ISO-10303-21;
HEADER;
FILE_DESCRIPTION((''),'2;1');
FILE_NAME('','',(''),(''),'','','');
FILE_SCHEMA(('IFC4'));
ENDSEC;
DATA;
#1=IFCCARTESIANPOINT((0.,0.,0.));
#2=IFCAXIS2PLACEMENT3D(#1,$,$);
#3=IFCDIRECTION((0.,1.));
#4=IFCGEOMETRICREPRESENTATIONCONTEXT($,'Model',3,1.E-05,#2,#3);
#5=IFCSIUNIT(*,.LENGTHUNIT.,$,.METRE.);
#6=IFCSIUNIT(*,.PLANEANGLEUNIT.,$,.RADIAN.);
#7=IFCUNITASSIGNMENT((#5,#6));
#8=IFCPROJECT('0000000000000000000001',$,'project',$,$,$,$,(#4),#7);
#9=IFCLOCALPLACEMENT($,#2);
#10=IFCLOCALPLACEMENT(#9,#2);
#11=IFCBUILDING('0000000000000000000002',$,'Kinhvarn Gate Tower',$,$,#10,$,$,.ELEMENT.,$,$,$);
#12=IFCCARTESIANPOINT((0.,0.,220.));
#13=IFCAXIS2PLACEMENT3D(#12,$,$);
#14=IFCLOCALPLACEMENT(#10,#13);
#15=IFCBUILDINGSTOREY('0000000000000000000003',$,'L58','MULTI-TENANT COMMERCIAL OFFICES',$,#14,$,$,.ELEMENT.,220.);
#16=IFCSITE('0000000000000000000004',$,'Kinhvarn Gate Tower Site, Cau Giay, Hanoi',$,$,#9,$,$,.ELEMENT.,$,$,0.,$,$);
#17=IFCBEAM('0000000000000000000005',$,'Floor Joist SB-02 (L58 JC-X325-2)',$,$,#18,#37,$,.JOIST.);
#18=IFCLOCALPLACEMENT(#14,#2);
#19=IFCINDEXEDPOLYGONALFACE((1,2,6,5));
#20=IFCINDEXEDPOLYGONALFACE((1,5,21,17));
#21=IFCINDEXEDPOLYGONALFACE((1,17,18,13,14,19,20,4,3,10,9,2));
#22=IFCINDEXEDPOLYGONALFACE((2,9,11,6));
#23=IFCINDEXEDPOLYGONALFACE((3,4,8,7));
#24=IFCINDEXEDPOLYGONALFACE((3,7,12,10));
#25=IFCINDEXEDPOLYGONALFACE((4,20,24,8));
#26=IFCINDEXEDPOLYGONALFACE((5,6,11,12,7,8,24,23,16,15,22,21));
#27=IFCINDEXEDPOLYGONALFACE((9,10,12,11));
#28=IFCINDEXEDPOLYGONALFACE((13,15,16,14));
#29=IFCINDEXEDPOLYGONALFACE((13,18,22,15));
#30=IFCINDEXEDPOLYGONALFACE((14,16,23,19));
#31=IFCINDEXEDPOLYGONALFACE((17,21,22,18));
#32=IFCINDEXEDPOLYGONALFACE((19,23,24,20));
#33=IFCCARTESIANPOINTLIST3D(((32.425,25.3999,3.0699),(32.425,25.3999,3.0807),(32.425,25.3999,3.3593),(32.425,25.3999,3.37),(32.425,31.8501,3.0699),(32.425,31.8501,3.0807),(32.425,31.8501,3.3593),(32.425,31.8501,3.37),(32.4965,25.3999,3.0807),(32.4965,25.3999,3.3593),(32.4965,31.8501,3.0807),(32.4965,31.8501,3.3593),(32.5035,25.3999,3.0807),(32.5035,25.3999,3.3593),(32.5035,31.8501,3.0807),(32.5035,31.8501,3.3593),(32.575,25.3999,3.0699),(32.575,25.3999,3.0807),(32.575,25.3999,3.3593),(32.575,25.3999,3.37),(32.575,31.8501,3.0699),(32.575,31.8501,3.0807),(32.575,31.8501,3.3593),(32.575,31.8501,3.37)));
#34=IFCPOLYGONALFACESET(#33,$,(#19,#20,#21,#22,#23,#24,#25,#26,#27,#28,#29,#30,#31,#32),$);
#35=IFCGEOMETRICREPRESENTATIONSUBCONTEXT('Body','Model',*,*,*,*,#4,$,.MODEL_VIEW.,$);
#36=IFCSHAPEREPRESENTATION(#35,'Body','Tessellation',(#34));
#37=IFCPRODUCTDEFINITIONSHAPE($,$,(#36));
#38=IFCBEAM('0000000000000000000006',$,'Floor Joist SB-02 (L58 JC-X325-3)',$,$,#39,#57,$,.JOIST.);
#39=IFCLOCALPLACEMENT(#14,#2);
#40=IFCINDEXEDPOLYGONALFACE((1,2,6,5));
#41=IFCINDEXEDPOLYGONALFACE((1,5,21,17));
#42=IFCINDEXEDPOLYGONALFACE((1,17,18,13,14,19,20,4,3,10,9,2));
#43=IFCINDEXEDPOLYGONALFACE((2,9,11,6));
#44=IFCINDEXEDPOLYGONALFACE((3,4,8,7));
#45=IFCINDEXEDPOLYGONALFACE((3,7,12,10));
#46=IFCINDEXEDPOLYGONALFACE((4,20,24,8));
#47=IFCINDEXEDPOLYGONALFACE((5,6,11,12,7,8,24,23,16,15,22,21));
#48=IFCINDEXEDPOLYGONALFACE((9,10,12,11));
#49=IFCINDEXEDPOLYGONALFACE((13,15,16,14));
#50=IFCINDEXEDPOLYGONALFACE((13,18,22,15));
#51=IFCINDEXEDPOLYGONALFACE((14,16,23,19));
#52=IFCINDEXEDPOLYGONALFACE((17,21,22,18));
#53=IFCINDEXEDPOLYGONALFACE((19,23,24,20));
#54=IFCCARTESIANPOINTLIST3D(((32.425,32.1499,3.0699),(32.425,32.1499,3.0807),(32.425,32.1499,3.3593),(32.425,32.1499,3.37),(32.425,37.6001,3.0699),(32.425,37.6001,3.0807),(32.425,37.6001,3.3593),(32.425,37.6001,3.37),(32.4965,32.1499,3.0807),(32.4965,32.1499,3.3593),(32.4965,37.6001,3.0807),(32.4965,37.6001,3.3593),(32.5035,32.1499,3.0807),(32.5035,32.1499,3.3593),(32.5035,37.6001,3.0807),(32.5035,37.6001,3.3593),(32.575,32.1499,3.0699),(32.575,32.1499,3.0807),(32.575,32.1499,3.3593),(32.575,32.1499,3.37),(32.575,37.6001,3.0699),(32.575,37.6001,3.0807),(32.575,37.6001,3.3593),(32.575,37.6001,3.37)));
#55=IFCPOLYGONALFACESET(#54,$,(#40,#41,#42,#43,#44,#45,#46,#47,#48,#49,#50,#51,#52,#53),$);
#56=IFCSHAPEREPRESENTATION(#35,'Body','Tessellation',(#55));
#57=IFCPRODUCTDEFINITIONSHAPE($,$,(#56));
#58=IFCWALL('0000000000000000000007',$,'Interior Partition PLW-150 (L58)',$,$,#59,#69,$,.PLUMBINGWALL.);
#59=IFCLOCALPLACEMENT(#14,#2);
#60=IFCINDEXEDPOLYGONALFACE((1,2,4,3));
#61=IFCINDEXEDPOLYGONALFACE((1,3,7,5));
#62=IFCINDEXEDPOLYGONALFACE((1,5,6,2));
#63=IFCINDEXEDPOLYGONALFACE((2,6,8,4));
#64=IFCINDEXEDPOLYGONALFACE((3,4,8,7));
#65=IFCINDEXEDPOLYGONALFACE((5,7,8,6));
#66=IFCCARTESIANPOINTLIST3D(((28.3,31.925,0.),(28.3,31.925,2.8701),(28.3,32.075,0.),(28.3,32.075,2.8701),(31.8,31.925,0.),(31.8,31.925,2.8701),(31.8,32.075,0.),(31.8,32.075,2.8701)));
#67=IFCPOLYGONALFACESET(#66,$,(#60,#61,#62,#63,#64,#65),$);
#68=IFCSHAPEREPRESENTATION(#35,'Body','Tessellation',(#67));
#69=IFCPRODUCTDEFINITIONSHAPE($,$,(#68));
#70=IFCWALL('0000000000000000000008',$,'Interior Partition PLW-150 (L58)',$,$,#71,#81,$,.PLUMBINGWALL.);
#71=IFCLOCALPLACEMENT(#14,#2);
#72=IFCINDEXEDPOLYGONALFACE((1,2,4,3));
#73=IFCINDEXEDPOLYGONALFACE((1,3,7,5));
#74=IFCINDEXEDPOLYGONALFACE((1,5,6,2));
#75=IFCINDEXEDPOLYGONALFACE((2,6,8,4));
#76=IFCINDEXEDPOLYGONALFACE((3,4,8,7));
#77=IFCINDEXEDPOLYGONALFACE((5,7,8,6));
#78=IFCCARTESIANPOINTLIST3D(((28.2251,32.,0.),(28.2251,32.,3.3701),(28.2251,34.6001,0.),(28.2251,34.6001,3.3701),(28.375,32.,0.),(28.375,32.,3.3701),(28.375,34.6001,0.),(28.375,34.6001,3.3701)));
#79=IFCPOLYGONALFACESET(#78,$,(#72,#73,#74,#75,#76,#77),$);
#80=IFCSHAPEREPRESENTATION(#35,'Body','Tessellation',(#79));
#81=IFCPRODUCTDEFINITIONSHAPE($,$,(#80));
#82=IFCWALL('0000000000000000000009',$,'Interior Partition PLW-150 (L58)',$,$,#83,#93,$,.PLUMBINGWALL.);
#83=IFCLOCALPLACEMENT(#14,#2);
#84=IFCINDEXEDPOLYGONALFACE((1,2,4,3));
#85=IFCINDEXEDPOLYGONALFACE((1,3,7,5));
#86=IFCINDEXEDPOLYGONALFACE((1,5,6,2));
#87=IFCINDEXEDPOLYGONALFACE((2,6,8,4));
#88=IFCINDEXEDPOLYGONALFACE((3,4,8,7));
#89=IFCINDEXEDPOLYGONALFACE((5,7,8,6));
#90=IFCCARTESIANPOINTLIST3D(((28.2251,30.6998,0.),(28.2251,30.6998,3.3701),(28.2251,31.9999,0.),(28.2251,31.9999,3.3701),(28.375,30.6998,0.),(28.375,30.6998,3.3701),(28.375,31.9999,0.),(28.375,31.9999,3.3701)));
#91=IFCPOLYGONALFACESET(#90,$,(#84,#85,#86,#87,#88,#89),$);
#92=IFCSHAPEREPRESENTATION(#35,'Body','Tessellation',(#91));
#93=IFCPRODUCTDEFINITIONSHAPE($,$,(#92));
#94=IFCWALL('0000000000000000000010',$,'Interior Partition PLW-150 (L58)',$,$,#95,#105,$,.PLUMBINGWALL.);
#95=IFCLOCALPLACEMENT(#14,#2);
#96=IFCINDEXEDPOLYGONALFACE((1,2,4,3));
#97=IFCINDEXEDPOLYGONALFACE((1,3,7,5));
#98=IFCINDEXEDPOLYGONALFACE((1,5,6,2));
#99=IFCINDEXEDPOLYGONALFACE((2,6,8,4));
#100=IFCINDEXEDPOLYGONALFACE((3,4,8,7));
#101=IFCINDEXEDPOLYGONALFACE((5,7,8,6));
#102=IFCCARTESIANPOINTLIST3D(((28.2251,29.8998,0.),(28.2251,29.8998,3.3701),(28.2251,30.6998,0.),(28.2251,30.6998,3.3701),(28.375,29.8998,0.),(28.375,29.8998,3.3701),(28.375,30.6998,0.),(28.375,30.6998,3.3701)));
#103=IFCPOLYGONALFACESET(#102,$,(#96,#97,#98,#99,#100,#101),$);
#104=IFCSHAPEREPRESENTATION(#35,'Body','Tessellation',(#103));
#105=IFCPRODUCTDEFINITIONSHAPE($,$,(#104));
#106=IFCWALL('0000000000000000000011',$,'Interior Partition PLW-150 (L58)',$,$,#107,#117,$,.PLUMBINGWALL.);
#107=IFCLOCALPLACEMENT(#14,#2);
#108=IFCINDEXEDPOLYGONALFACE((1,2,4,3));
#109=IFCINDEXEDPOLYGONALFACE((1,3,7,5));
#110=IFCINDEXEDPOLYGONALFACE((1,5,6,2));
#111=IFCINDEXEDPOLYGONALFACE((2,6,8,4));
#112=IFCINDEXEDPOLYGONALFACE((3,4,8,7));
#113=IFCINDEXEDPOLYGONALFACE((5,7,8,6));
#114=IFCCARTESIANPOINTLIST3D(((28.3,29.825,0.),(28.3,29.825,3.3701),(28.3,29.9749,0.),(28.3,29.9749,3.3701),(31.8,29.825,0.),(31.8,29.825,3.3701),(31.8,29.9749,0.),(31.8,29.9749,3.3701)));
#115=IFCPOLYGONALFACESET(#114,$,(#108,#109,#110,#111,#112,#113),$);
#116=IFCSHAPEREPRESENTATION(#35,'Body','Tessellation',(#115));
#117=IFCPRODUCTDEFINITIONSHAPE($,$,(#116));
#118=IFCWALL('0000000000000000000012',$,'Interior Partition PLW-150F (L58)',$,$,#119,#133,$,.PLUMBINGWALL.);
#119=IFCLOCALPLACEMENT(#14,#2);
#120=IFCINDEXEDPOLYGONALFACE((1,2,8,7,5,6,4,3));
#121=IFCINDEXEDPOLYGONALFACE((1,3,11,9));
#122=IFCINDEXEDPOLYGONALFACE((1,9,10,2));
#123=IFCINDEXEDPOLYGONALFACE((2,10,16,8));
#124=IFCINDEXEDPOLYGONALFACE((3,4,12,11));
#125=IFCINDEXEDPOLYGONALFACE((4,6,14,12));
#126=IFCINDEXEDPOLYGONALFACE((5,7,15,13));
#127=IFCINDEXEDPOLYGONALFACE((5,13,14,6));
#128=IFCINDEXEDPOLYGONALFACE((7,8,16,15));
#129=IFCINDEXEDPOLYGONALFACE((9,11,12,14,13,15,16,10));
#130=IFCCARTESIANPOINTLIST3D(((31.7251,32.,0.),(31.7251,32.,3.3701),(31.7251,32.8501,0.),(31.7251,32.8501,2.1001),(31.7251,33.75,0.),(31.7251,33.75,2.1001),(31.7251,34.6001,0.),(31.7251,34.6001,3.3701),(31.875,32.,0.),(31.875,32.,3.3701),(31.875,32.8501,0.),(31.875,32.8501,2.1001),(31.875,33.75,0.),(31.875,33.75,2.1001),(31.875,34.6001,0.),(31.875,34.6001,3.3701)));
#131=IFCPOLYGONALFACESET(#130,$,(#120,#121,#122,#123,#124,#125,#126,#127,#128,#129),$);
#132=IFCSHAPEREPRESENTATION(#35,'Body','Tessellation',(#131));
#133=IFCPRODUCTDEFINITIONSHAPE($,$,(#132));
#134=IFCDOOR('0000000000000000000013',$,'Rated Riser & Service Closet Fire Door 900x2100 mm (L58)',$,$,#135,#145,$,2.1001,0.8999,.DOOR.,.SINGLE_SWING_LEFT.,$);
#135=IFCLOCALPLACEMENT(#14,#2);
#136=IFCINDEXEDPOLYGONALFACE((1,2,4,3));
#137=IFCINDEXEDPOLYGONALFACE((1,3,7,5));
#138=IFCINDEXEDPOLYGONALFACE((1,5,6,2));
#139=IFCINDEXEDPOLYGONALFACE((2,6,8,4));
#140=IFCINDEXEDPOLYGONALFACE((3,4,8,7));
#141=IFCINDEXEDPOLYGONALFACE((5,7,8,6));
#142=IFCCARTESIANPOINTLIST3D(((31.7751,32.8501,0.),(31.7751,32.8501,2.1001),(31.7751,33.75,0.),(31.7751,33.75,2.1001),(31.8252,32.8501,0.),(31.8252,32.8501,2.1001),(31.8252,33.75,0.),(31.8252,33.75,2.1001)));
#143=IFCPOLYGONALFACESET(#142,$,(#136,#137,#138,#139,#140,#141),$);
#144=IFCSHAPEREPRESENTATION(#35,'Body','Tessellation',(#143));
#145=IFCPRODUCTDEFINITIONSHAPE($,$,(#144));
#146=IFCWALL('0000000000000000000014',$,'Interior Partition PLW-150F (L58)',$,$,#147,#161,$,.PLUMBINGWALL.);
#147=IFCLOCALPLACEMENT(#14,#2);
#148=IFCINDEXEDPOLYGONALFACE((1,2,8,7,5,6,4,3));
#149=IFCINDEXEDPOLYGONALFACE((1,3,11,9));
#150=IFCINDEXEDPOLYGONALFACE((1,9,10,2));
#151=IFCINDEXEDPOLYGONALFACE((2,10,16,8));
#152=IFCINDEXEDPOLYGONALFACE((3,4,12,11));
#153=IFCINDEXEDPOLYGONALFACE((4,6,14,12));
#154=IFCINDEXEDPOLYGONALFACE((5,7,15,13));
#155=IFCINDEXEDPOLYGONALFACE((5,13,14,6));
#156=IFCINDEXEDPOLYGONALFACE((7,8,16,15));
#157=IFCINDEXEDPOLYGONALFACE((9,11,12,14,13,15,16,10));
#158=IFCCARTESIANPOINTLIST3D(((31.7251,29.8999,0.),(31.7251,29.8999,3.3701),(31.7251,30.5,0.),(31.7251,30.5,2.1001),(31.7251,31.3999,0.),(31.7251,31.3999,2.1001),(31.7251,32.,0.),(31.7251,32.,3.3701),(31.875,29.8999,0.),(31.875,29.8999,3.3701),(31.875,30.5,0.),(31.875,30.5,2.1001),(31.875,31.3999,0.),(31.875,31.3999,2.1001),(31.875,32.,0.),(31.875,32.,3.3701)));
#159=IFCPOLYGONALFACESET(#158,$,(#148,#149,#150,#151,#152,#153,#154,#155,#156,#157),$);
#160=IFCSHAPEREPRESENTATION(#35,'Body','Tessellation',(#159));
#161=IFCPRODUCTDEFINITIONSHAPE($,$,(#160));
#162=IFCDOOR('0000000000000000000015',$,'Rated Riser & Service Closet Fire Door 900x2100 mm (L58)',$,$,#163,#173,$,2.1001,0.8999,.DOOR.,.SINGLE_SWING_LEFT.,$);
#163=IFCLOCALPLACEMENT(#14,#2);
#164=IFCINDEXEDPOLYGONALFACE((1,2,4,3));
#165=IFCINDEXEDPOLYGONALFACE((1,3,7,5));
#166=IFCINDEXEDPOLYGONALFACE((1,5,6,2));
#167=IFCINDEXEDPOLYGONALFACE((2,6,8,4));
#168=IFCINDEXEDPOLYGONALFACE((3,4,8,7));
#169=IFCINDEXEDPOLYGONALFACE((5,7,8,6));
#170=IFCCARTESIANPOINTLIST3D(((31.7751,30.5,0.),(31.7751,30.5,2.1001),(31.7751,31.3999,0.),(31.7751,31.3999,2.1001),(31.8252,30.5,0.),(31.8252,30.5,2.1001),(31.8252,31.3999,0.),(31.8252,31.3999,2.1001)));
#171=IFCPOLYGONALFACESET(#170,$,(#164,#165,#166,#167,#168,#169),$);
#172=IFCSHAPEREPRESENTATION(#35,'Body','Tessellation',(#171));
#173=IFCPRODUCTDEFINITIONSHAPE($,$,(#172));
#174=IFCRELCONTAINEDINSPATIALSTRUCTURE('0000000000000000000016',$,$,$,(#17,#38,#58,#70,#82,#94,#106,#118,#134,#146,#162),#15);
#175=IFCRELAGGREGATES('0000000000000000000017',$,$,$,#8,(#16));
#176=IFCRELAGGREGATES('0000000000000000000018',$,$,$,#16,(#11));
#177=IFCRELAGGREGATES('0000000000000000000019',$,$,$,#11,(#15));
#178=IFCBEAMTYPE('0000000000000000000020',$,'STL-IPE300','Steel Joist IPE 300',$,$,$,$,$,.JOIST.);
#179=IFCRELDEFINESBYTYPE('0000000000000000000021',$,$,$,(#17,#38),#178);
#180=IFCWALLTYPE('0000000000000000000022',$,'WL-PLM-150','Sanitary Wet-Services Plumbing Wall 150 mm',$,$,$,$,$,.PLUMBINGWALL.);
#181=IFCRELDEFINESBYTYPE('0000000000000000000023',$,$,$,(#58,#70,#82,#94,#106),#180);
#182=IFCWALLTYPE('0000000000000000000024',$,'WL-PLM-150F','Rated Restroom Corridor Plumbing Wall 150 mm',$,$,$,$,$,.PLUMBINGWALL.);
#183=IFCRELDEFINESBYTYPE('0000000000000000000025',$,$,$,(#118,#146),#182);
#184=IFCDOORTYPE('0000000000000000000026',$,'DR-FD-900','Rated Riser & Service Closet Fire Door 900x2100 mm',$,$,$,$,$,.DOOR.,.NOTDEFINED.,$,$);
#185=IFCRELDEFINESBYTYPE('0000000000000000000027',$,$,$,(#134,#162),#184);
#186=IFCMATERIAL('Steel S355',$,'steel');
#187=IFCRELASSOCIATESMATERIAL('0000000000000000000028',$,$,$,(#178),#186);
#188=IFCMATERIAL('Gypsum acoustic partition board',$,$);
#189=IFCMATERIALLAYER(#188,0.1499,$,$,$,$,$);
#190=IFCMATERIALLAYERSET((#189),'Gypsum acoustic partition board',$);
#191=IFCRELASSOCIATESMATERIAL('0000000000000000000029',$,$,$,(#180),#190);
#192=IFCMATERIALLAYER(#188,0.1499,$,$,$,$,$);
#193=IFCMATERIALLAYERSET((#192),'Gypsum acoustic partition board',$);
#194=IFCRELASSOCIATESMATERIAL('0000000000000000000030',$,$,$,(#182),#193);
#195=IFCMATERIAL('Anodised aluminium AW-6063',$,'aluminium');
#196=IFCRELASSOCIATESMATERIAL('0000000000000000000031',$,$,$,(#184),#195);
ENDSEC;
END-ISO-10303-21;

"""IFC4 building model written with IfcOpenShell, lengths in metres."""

from ifc_helpers import new_model, si_unit, direction, frame, frame_2d, origin, origin_2d, place, context, subcontext, project, spatial, rectangle, i_section, extrude, material, layer, layer_set, material_profile, profile_set, type_object, element, fill, save


model = new_model("IFC4")

# Units and contexts
model_context = context("Model", 3, precision=1e-05, world=origin(), true_north=direction((0.0, 1.0)))
body_context = subcontext(model_context, "Body", "Model", "MODEL_VIEW")
ifc_project = project(units=[si_unit("LENGTHUNIT", "METRE"), si_unit("PLANEANGLEUNIT", "RADIAN")], contexts=[model_context])

# Site, building, storey
site_placement = place(None, origin())
site = spatial("IfcSite", under=ifc_project, at=site_placement, Name="Kinhvarn Gate Tower Site, Cau Giay, Hanoi", CompositionType="ELEMENT", RefElevation=0.0)
building_placement = place(site_placement, origin())
building = spatial("IfcBuilding", under=site, at=building_placement, Name="Kinhvarn Gate Tower", CompositionType="ELEMENT")
storey_placement = place(building_placement, frame((0.0, 0.0, 220.0)))
storey = spatial("IfcBuildingStorey", under=building, at=storey_placement, Name="L58", Description="MULTI-TENANT COMMERCIAL OFFICES", CompositionType="ELEMENT", Elevation=220.0)

# Beams
ifc_material_1 = material(Name="Steel S355", Category="steel")
ifc_material_profile = material_profile(ifc_material_1, i_section(OverallWidth=0.1499, OverallDepth=0.3, WebThickness=0.0071, FlangeThickness=0.0107, at=origin_2d()), Name="IPE 300")
ifc_profile_set = profile_set([ifc_material_profile], Name="Steel S355")
beam_type = type_object("IfcBeamType", Name="STL-IPE300", Description="Steel Joist IPE 300", PredefinedType="JOIST", material=ifc_profile_set)
beam_1_placement = place(storey_placement, frame((32.5, 25.3999, 3.22), z_axis=(0.0, 1.0, 0.0), x_axis=(-1.0, 0.0, 0.0)))
element("IfcBeam", 1, at=beam_1_placement, inside=storey, type_object=beam_type, Name="Floor Joist SB-02 (L58 JC-X325-2)", PredefinedType="JOIST", context=body_context, shape_type="SweptSolid", body=[
    extrude(i_section(OverallWidth=0.1499, OverallDepth=0.3, WebThickness=0.0071, FlangeThickness=0.0107, at=origin_2d()), origin(), (0.0, 0.0, 1.0), 6.4502),
])
beam_2_placement = place(storey_placement, frame((32.5, 32.1499, 3.22), z_axis=(0.0, 1.0, 0.0), x_axis=(-1.0, 0.0, 0.0)))
element("IfcBeam", 2, at=beam_2_placement, inside=storey, type_object=beam_type, Name="Floor Joist SB-02 (L58 JC-X325-3)", PredefinedType="JOIST", context=body_context, shape_type="SweptSolid", body=[
    extrude(i_section(OverallWidth=0.1499, OverallDepth=0.3, WebThickness=0.0071, FlangeThickness=0.0107, at=origin_2d()), origin(), (0.0, 0.0, 1.0), 5.4502),
])

# Walls
ifc_material_2 = material(Name="Gypsum acoustic partition board")
ifc_layer_1 = layer(ifc_material_2, 0.1499)
ifc_layer_set_1 = layer_set([ifc_layer_1], Name="Gypsum acoustic partition board")
wall_type_1 = type_object("IfcWallType", Name="WL-PLM-150", Description="Sanitary Wet-Services Plumbing Wall 150 mm", PredefinedType="PLUMBINGWALL", material=ifc_layer_set_1)
wall_1_placement = place(storey_placement, frame((28.3, 32.0, 0.0), z_axis=(0.0, 0.0, 1.0), x_axis=(1.0, 0.0, 0.0)))
element("IfcWall", 3, at=wall_1_placement, inside=storey, type_object=wall_type_1, Name="Interior Partition PLW-150 (L58)", PredefinedType="PLUMBINGWALL", context=body_context, shape_type="SweptSolid", body=[
    extrude(rectangle(XDim=3.5, YDim=0.1499, at=frame_2d((1.75, 0.0))), origin(), (0.0, 0.0, 1.0), 2.8701),
])
wall_2_placement = place(storey_placement, frame((28.3, 32.0, 0.0), z_axis=(0.0, 0.0, 1.0), x_axis=(0.0, 1.0, 0.0)))
element("IfcWall", 4, at=wall_2_placement, inside=storey, type_object=wall_type_1, Name="Interior Partition PLW-150 (L58)", PredefinedType="PLUMBINGWALL", context=body_context, shape_type="SweptSolid", body=[
    extrude(rectangle(XDim=2.6001, YDim=0.1499, at=frame_2d((1.3, 0.0))), origin(), (0.0, 0.0, 1.0), 3.3701),
])
wall_3_placement = place(storey_placement, frame((28.3, 30.7, 0.0), z_axis=(0.0, 0.0, 1.0), x_axis=(0.0, 1.0, 0.0)))
element("IfcWall", 5, at=wall_3_placement, inside=storey, type_object=wall_type_1, Name="Interior Partition PLW-150 (L58)", PredefinedType="PLUMBINGWALL", context=body_context, shape_type="SweptSolid", body=[
    extrude(rectangle(XDim=1.3, YDim=0.1499, at=frame_2d((0.6499, 0.0))), origin(), (0.0, 0.0, 1.0), 3.3701),
])
wall_4_placement = place(storey_placement, frame((28.3, 29.8999, 0.0), z_axis=(0.0, 0.0, 1.0), x_axis=(0.0, 1.0, 0.0)))
element("IfcWall", 6, at=wall_4_placement, inside=storey, type_object=wall_type_1, Name="Interior Partition PLW-150 (L58)", PredefinedType="PLUMBINGWALL", context=body_context, shape_type="SweptSolid", body=[
    extrude(rectangle(XDim=0.8, YDim=0.1499, at=frame_2d((0.3999, 0.0))), origin(), (0.0, 0.0, 1.0), 3.3701),
])
wall_5_placement = place(storey_placement, frame((28.3, 29.8999, 0.0), z_axis=(0.0, 0.0, 1.0), x_axis=(1.0, 0.0, 0.0)))
element("IfcWall", 7, at=wall_5_placement, inside=storey, type_object=wall_type_1, Name="Interior Partition PLW-150 (L58)", PredefinedType="PLUMBINGWALL", context=body_context, shape_type="SweptSolid", body=[
    extrude(rectangle(XDim=3.5, YDim=0.1499, at=frame_2d((1.75, 0.0))), origin(), (0.0, 0.0, 1.0), 3.3701),
])

# Walls, openings, doors
ifc_layer_2 = layer(ifc_material_2, 0.1499)
ifc_layer_set_2 = layer_set([ifc_layer_2], Name="Gypsum acoustic partition board")
wall_type_2 = type_object("IfcWallType", Name="WL-PLM-150F", Description="Rated Restroom Corridor Plumbing Wall 150 mm", PredefinedType="PLUMBINGWALL", material=ifc_layer_set_2)
wall_6_placement = place(storey_placement, frame((31.8, 32.0, 0.0), z_axis=(0.0, 0.0, 1.0), x_axis=(0.0, 1.0, 0.0)))
wall_6 = element("IfcWall", 8, at=wall_6_placement, inside=storey, type_object=wall_type_2, Name="Interior Partition PLW-150F (L58)", PredefinedType="PLUMBINGWALL", context=body_context, shape_type="SweptSolid", body=[
    extrude(rectangle(XDim=2.6001, YDim=0.1499, at=frame_2d((1.3, 0.0))), origin(), (0.0, 0.0, 1.0), 3.3701),
])
opening_1_placement = place(wall_6_placement, frame((0.8501, 0.0, 0.0)))
opening_1 = element("IfcOpeningElement", 9, at=opening_1_placement, cuts=wall_6, PredefinedType="OPENING", context=body_context, shape_type="SweptSolid", body=[
    extrude(rectangle(XDim=0.8999, YDim=2.1001, at=frame_2d((0.45, 1.05))), frame((0.0, 0.085, 0.0), z_axis=(0.0, -1.0, 0.0), x_axis=(1.0, 0.0, 0.0)), (0.0, 0.0, 1.0), 0.1699),
])
ifc_material_3 = material(Name="Anodised aluminium AW-6063", Category="aluminium")
door_type_1 = type_object("IfcDoorType", Name="DR-FD-900", Description="Rated Riser & Service Closet Fire Door 900x2100 mm", OperationType="NOTDEFINED", PredefinedType="DOOR", material=ifc_material_3)
door_1_placement = place(opening_1_placement, origin())
door_1 = element("IfcDoor", 10, at=door_1_placement, inside=storey, type_object=door_type_1, Name="Rated Riser & Service Closet Fire Door 900x2100 mm (L58)", OperationType="SINGLE_SWING_LEFT", OverallHeight=2.1001, OverallWidth=0.8999, PredefinedType="DOOR", context=body_context, shape_type="SweptSolid", body=[
    extrude(rectangle(XDim=0.8999, YDim=2.1001, at=frame_2d((0.45, 1.05))), frame((0.0, 0.0249, 0.0), z_axis=(0.0, -1.0, 0.0), x_axis=(1.0, 0.0, 0.0)), (0.0, 0.0, 1.0), 0.05),
])
fill(opening_1, door_1)
wall_7_placement = place(storey_placement, frame((31.8, 29.8999, 0.0), z_axis=(0.0, 0.0, 1.0), x_axis=(0.0, 1.0, 0.0)))
wall_7 = element("IfcWall", 11, at=wall_7_placement, inside=storey, type_object=wall_type_2, Name="Interior Partition PLW-150F (L58)", PredefinedType="PLUMBINGWALL", context=body_context, shape_type="SweptSolid", body=[
    extrude(rectangle(XDim=2.1001, YDim=0.1499, at=frame_2d((1.05, 0.0))), origin(), (0.0, 0.0, 1.0), 3.3701),
])
opening_2_placement = place(wall_7_placement, frame((0.6001, 0.0, 0.0)))
opening_2 = element("IfcOpeningElement", 12, at=opening_2_placement, cuts=wall_7, PredefinedType="OPENING", context=body_context, shape_type="SweptSolid", body=[
    extrude(rectangle(XDim=0.8999, YDim=2.1001, at=frame_2d((0.45, 1.05))), frame((0.0, 0.085, 0.0), z_axis=(0.0, -1.0, 0.0), x_axis=(1.0, 0.0, 0.0)), (0.0, 0.0, 1.0), 0.1699),
])
door_2_placement = place(opening_2_placement, origin())
door_2 = element("IfcDoor", 13, at=door_2_placement, inside=storey, type_object=door_type_1, Name="Rated Riser & Service Closet Fire Door 900x2100 mm (L58)", OperationType="SINGLE_SWING_LEFT", OverallHeight=2.1001, OverallWidth=0.8999, PredefinedType="DOOR", context=body_context, shape_type="SweptSolid", body=[
    extrude(rectangle(XDim=0.8999, YDim=2.1001, at=frame_2d((0.45, 1.05))), frame((0.0, 0.0249, 0.0), z_axis=(0.0, -1.0, 0.0), x_axis=(1.0, 0.0, 0.0)), (0.0, 0.0, 1.0), 0.05),
])
fill(opening_2, door_2)

save(model, "model.ifc")
